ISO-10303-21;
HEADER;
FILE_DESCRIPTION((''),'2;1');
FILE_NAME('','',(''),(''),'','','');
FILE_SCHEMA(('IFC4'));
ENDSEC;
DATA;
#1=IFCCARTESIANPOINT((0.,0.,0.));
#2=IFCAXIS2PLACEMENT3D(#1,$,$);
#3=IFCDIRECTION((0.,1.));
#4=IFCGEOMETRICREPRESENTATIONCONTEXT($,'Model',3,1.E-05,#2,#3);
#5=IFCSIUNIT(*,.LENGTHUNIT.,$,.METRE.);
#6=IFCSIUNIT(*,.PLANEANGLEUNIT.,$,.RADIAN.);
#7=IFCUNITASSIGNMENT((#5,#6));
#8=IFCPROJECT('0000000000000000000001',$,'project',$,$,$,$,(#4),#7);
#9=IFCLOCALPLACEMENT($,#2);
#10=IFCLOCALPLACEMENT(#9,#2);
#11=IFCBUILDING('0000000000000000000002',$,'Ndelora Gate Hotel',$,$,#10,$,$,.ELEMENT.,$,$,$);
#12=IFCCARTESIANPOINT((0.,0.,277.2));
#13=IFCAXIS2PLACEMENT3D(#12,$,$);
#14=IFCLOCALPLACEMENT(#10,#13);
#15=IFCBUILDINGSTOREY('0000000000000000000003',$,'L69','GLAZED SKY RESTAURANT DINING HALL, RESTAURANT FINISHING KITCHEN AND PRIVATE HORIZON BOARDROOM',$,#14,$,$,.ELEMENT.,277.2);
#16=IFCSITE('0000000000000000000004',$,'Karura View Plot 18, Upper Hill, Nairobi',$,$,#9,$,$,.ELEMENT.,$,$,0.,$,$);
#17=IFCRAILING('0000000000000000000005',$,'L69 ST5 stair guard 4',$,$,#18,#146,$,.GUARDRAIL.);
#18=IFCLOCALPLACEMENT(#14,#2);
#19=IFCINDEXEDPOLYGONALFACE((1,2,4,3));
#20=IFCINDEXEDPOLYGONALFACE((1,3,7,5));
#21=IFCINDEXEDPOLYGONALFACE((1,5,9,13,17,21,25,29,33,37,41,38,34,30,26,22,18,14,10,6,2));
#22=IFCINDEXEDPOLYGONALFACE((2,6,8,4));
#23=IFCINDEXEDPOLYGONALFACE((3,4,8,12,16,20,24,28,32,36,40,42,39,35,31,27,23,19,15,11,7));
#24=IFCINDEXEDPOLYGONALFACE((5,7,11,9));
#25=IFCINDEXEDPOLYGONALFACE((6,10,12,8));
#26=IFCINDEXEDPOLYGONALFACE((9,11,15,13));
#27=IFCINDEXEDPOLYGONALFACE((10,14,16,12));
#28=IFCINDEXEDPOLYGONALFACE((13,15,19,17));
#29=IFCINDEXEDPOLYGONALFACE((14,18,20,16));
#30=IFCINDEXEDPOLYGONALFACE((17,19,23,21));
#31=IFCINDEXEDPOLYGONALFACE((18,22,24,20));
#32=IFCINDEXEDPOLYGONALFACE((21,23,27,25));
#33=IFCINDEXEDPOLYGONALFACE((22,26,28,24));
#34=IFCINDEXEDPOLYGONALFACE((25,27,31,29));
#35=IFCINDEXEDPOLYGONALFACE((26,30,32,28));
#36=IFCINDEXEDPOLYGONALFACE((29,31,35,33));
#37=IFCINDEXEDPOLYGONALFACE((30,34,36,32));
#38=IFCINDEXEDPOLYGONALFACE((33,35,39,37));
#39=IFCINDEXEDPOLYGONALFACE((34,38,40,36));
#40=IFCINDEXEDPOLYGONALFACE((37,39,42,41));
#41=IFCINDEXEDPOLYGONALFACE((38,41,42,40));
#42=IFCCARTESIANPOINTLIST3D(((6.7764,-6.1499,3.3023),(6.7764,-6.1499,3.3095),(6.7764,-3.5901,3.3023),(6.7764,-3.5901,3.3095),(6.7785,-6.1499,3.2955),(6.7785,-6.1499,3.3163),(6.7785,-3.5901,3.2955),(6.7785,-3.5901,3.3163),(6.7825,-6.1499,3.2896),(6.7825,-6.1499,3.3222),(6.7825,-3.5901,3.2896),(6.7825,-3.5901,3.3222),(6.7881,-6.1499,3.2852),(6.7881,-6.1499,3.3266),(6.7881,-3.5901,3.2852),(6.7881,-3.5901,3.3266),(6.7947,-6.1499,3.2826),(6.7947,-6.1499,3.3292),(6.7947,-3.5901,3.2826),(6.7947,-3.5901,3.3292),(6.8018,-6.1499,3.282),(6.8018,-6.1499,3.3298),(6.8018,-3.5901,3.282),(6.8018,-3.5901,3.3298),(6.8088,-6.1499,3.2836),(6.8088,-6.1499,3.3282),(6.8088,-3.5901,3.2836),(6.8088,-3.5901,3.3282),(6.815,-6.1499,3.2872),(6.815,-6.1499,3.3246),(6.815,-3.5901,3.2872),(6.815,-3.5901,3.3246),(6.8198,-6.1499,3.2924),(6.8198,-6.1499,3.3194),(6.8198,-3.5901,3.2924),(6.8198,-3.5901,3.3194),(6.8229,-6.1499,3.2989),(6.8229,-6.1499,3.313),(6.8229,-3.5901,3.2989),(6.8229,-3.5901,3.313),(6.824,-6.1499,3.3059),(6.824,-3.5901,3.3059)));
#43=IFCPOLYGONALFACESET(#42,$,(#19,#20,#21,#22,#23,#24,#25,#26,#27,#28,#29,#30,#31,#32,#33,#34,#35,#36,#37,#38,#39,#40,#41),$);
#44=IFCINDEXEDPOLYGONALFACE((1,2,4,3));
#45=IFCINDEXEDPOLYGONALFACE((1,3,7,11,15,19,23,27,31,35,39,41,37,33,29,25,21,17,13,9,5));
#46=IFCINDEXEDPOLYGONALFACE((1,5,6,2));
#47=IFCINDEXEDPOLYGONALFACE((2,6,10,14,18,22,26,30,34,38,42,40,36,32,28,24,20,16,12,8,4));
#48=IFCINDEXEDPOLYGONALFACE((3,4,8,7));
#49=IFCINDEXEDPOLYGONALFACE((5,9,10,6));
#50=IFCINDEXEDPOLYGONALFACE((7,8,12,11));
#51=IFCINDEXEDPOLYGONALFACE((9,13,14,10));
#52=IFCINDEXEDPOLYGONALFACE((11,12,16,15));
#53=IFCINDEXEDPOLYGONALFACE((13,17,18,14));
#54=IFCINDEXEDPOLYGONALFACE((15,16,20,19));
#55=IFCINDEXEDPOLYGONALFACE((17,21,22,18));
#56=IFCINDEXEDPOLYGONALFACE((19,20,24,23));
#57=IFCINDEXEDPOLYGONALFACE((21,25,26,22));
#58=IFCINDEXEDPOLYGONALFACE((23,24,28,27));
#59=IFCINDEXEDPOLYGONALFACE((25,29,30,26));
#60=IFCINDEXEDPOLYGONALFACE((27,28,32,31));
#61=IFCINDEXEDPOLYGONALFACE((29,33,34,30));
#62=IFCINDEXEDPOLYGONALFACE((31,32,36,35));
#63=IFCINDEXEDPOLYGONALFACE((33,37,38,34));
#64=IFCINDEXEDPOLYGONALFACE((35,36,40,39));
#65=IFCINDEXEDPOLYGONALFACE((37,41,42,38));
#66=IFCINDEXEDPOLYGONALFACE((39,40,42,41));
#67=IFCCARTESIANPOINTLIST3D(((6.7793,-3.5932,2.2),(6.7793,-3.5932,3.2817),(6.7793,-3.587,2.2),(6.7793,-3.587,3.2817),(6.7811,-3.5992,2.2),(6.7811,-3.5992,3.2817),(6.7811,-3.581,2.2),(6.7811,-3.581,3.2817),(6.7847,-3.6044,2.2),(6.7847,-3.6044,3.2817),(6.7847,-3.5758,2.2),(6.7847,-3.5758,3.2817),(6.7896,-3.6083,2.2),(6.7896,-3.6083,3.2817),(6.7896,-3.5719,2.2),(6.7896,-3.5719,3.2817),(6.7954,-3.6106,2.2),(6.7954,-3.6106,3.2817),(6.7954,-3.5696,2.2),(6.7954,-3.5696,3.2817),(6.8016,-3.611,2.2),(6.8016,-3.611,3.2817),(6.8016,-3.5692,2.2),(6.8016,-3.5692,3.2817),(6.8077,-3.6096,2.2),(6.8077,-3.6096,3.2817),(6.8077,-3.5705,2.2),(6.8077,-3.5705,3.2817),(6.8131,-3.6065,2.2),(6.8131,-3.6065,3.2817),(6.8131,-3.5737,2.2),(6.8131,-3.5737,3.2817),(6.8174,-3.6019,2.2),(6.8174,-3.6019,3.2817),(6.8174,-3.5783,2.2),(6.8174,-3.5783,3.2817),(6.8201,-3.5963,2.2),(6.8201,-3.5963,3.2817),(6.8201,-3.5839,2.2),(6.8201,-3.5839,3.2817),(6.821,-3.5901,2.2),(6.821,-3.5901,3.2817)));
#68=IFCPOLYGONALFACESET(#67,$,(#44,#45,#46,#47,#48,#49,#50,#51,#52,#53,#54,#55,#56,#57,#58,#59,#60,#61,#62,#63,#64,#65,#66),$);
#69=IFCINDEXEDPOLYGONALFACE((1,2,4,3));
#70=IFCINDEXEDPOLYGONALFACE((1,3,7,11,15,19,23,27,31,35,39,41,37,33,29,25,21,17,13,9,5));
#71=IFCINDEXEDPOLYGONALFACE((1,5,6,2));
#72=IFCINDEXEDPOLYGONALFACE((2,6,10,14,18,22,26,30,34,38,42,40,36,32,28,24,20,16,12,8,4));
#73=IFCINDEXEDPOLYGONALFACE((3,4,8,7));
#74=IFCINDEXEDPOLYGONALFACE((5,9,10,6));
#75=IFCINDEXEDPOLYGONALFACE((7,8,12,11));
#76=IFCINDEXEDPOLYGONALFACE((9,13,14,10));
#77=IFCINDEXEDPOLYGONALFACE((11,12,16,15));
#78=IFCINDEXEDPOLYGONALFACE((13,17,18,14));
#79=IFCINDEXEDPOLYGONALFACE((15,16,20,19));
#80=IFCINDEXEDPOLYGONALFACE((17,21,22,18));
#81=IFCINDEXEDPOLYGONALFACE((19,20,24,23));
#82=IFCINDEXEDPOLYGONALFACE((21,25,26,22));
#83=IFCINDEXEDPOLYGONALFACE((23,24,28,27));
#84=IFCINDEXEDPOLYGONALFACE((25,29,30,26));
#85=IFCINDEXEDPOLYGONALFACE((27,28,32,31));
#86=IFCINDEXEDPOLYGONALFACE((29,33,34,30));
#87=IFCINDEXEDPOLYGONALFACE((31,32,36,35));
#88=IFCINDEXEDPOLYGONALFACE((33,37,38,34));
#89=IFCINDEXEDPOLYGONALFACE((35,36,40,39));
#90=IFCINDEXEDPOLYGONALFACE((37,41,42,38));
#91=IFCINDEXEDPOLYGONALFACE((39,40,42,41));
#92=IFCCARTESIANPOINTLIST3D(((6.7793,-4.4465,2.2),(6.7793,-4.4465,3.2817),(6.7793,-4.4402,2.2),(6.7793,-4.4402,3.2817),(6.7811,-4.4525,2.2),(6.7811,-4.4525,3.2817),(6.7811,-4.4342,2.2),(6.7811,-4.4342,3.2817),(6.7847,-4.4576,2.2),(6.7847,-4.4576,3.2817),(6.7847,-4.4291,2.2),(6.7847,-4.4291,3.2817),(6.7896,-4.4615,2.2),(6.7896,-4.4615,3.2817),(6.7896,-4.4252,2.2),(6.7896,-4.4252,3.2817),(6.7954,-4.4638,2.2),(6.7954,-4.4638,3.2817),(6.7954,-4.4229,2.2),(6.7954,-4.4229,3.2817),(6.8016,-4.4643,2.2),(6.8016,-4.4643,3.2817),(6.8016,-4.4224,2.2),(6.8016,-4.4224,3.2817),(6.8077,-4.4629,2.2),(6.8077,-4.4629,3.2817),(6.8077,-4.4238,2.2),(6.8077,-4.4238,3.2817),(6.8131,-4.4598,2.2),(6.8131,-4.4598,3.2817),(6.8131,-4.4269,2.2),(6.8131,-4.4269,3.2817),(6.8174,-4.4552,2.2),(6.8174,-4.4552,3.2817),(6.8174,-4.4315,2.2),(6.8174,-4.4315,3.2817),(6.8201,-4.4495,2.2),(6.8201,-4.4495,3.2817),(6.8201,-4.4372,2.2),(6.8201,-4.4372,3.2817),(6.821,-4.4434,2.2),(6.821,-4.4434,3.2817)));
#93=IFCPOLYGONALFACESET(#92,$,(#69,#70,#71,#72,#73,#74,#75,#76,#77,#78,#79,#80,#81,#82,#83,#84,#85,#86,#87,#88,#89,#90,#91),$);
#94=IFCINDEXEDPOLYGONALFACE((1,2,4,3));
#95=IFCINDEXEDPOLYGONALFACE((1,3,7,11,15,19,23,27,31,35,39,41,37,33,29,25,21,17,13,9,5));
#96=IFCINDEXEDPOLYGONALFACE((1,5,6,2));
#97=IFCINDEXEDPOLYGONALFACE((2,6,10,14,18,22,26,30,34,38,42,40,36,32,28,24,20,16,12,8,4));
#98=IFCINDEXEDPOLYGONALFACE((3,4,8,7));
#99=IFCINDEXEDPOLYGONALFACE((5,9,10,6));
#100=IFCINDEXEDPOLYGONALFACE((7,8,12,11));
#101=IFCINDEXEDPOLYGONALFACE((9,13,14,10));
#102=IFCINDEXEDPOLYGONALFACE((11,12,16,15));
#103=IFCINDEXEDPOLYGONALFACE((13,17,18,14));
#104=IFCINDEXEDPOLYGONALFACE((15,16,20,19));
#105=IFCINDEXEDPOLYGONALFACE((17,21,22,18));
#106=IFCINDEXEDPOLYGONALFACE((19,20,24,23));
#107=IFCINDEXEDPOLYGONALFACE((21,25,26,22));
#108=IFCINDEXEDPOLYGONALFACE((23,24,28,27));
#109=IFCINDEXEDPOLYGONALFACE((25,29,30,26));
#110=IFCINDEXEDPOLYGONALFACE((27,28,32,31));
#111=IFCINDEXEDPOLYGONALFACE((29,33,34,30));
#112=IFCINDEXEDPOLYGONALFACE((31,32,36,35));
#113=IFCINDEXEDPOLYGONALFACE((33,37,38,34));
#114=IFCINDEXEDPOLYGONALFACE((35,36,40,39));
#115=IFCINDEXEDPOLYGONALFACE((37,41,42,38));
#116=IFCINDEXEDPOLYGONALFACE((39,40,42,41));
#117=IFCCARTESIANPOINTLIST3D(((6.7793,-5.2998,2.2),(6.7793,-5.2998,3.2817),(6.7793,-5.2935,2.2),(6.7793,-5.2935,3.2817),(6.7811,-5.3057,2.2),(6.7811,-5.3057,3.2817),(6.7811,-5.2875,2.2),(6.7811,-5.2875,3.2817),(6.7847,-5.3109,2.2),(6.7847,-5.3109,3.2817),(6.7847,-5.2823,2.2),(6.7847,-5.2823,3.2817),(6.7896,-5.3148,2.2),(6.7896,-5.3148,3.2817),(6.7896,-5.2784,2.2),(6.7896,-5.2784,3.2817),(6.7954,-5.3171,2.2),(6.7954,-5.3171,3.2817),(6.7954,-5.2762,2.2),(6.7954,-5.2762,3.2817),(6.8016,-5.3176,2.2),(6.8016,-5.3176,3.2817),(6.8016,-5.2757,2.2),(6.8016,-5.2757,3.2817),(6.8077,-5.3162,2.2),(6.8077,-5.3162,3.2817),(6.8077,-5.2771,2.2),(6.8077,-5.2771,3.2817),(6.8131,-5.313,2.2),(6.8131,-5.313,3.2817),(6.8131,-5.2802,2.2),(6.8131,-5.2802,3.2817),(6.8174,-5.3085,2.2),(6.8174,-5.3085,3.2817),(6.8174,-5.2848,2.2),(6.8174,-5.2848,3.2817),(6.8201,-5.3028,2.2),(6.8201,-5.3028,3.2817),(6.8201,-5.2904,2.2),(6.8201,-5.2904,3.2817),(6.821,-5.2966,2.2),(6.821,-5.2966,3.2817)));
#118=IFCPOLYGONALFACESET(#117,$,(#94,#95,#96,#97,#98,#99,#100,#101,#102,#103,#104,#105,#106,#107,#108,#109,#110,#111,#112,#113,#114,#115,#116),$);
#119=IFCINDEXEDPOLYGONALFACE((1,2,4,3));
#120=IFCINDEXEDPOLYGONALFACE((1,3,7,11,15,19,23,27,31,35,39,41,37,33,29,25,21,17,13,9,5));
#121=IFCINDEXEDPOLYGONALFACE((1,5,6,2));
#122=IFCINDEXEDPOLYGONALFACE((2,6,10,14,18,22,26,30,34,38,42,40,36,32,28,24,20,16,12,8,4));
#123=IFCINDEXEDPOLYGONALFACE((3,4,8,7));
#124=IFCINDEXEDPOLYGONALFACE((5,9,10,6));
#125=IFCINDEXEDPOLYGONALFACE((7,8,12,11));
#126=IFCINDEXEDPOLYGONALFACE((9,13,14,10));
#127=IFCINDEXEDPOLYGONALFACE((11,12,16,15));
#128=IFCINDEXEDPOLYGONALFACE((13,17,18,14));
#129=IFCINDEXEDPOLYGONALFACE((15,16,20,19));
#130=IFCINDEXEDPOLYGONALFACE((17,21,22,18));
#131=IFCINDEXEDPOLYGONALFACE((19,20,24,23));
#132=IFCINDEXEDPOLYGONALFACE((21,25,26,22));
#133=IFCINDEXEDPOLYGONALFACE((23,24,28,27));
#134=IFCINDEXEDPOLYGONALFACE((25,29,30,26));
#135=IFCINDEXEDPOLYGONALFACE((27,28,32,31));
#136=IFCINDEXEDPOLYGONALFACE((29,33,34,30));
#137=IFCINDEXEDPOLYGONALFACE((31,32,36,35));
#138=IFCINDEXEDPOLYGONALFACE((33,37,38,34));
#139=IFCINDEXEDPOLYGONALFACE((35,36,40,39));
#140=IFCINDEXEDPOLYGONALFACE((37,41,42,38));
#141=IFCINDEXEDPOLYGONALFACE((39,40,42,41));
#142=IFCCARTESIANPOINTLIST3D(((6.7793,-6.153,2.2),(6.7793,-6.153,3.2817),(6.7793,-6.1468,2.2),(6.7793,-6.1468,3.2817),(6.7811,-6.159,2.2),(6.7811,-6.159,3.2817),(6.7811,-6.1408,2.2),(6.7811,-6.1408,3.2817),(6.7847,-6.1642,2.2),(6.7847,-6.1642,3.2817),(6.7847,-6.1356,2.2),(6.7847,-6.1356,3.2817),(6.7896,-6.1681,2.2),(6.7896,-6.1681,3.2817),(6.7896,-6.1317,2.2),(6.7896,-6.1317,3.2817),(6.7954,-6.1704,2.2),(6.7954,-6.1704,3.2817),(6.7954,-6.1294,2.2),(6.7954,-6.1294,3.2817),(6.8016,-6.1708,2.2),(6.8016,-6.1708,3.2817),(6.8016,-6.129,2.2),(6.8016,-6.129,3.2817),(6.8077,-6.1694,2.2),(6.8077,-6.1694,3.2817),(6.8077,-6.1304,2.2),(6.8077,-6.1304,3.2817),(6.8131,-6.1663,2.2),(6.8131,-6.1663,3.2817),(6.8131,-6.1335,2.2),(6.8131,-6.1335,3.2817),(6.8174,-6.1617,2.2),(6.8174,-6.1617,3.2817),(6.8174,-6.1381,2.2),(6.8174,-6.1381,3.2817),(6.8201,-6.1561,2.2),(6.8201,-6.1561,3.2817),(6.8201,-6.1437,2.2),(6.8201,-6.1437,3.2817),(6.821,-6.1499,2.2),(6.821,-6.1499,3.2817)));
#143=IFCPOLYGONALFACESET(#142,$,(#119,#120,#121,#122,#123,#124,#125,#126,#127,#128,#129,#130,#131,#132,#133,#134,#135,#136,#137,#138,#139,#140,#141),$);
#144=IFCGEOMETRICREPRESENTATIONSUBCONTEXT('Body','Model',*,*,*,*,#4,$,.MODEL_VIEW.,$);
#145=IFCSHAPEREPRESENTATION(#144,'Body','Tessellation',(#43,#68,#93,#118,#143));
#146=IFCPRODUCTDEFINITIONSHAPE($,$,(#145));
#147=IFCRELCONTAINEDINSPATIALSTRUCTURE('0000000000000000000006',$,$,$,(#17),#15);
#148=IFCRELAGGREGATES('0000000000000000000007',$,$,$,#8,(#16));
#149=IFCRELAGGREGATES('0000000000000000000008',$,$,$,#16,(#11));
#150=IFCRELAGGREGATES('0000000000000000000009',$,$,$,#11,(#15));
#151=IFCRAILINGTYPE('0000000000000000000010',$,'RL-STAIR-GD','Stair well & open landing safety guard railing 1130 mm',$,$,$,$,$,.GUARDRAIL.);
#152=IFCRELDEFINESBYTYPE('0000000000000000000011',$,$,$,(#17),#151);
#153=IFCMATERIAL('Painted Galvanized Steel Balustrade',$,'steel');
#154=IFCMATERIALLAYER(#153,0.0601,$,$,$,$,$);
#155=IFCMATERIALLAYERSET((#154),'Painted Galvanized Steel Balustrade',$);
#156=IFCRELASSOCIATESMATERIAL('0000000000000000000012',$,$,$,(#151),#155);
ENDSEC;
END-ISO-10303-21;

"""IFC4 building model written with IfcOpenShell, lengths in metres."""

from ifc_helpers import new_model, si_unit, direction, frame, origin, origin_2d, place, context, subcontext, project, spatial, circle, extrude, material, layer, layer_set, type_object, element, save


model = new_model("IFC4")

# Units and contexts
model_context = context("Model", 3, precision=1e-05, world=origin(), true_north=direction((0.0, 1.0)))
body_context = subcontext(model_context, "Body", "Model", "MODEL_VIEW")
ifc_project = project(units=[si_unit("LENGTHUNIT", "METRE"), si_unit("PLANEANGLEUNIT", "RADIAN")], contexts=[model_context])

# Site, building, storey
site_placement = place(None, origin())
site = spatial("IfcSite", under=ifc_project, at=site_placement, Name="Karura View Plot 18, Upper Hill, Nairobi", CompositionType="ELEMENT", RefElevation=0.0)
building_placement = place(site_placement, origin())
building = spatial("IfcBuilding", under=site, at=building_placement, Name="Ndelora Gate Hotel", CompositionType="ELEMENT")
storey_placement = place(building_placement, frame((0.0, 0.0, 277.2)))
storey = spatial("IfcBuildingStorey", under=building, at=storey_placement, Name="L69", Description="GLAZED SKY RESTAURANT DINING HALL, RESTAURANT FINISHING KITCHEN AND PRIVATE HORIZON BOARDROOM", CompositionType="ELEMENT", Elevation=277.2)

# Railing
ifc_material_1 = material(Name="Painted Galvanized Steel Balustrade", Category="steel")
ifc_layer_1 = layer(ifc_material_1, 0.0601)
ifc_layer_set_1 = layer_set([ifc_layer_1], Name="Painted Galvanized Steel Balustrade")
railing_type_1 = type_object("IfcRailingType", Name="RL-STAIR-GD", Description="Stair well & open landing safety guard railing 1130 mm", PredefinedType="GUARDRAIL", material=ifc_layer_set_1)
for number, where, name in (
    (1, (6.8, -3.5901, 2.2), "L69 ST5 stair guard 4"),
):
    element("IfcRailing", number, at=place(storey_placement, frame(where)), inside=storey, type_object=railing_type_1, Name=name, PredefinedType="GUARDRAIL", context=body_context, shape_type="SweptSolid", body=[
        extrude(circle(Radius=0.0239, at=origin_2d()), frame((0.0, 0.0, 1.106), z_axis=(0.0, -1.0, 0.0), x_axis=(1.0, 0.0, 0.0)), (0.0, 0.0, 1.0), 2.5598),
        extrude(circle(Radius=0.021, at=origin_2d()), origin(), (0.0, 0.0, 1.0), 1.0818),
        extrude(circle(Radius=0.021, at=origin_2d()), frame((0.0, -0.8533, 0.0)), (0.0, 0.0, 1.0), 1.0818),
        extrude(circle(Radius=0.021, at=origin_2d()), frame((0.0, -1.7065, 0.0)), (0.0, 0.0, 1.0), 1.0818),
        extrude(circle(Radius=0.021, at=origin_2d()), frame((0.0, -2.5598, 0.0)), (0.0, 0.0, 1.0), 1.0818),
    ])

save(model, "model.ifc")
